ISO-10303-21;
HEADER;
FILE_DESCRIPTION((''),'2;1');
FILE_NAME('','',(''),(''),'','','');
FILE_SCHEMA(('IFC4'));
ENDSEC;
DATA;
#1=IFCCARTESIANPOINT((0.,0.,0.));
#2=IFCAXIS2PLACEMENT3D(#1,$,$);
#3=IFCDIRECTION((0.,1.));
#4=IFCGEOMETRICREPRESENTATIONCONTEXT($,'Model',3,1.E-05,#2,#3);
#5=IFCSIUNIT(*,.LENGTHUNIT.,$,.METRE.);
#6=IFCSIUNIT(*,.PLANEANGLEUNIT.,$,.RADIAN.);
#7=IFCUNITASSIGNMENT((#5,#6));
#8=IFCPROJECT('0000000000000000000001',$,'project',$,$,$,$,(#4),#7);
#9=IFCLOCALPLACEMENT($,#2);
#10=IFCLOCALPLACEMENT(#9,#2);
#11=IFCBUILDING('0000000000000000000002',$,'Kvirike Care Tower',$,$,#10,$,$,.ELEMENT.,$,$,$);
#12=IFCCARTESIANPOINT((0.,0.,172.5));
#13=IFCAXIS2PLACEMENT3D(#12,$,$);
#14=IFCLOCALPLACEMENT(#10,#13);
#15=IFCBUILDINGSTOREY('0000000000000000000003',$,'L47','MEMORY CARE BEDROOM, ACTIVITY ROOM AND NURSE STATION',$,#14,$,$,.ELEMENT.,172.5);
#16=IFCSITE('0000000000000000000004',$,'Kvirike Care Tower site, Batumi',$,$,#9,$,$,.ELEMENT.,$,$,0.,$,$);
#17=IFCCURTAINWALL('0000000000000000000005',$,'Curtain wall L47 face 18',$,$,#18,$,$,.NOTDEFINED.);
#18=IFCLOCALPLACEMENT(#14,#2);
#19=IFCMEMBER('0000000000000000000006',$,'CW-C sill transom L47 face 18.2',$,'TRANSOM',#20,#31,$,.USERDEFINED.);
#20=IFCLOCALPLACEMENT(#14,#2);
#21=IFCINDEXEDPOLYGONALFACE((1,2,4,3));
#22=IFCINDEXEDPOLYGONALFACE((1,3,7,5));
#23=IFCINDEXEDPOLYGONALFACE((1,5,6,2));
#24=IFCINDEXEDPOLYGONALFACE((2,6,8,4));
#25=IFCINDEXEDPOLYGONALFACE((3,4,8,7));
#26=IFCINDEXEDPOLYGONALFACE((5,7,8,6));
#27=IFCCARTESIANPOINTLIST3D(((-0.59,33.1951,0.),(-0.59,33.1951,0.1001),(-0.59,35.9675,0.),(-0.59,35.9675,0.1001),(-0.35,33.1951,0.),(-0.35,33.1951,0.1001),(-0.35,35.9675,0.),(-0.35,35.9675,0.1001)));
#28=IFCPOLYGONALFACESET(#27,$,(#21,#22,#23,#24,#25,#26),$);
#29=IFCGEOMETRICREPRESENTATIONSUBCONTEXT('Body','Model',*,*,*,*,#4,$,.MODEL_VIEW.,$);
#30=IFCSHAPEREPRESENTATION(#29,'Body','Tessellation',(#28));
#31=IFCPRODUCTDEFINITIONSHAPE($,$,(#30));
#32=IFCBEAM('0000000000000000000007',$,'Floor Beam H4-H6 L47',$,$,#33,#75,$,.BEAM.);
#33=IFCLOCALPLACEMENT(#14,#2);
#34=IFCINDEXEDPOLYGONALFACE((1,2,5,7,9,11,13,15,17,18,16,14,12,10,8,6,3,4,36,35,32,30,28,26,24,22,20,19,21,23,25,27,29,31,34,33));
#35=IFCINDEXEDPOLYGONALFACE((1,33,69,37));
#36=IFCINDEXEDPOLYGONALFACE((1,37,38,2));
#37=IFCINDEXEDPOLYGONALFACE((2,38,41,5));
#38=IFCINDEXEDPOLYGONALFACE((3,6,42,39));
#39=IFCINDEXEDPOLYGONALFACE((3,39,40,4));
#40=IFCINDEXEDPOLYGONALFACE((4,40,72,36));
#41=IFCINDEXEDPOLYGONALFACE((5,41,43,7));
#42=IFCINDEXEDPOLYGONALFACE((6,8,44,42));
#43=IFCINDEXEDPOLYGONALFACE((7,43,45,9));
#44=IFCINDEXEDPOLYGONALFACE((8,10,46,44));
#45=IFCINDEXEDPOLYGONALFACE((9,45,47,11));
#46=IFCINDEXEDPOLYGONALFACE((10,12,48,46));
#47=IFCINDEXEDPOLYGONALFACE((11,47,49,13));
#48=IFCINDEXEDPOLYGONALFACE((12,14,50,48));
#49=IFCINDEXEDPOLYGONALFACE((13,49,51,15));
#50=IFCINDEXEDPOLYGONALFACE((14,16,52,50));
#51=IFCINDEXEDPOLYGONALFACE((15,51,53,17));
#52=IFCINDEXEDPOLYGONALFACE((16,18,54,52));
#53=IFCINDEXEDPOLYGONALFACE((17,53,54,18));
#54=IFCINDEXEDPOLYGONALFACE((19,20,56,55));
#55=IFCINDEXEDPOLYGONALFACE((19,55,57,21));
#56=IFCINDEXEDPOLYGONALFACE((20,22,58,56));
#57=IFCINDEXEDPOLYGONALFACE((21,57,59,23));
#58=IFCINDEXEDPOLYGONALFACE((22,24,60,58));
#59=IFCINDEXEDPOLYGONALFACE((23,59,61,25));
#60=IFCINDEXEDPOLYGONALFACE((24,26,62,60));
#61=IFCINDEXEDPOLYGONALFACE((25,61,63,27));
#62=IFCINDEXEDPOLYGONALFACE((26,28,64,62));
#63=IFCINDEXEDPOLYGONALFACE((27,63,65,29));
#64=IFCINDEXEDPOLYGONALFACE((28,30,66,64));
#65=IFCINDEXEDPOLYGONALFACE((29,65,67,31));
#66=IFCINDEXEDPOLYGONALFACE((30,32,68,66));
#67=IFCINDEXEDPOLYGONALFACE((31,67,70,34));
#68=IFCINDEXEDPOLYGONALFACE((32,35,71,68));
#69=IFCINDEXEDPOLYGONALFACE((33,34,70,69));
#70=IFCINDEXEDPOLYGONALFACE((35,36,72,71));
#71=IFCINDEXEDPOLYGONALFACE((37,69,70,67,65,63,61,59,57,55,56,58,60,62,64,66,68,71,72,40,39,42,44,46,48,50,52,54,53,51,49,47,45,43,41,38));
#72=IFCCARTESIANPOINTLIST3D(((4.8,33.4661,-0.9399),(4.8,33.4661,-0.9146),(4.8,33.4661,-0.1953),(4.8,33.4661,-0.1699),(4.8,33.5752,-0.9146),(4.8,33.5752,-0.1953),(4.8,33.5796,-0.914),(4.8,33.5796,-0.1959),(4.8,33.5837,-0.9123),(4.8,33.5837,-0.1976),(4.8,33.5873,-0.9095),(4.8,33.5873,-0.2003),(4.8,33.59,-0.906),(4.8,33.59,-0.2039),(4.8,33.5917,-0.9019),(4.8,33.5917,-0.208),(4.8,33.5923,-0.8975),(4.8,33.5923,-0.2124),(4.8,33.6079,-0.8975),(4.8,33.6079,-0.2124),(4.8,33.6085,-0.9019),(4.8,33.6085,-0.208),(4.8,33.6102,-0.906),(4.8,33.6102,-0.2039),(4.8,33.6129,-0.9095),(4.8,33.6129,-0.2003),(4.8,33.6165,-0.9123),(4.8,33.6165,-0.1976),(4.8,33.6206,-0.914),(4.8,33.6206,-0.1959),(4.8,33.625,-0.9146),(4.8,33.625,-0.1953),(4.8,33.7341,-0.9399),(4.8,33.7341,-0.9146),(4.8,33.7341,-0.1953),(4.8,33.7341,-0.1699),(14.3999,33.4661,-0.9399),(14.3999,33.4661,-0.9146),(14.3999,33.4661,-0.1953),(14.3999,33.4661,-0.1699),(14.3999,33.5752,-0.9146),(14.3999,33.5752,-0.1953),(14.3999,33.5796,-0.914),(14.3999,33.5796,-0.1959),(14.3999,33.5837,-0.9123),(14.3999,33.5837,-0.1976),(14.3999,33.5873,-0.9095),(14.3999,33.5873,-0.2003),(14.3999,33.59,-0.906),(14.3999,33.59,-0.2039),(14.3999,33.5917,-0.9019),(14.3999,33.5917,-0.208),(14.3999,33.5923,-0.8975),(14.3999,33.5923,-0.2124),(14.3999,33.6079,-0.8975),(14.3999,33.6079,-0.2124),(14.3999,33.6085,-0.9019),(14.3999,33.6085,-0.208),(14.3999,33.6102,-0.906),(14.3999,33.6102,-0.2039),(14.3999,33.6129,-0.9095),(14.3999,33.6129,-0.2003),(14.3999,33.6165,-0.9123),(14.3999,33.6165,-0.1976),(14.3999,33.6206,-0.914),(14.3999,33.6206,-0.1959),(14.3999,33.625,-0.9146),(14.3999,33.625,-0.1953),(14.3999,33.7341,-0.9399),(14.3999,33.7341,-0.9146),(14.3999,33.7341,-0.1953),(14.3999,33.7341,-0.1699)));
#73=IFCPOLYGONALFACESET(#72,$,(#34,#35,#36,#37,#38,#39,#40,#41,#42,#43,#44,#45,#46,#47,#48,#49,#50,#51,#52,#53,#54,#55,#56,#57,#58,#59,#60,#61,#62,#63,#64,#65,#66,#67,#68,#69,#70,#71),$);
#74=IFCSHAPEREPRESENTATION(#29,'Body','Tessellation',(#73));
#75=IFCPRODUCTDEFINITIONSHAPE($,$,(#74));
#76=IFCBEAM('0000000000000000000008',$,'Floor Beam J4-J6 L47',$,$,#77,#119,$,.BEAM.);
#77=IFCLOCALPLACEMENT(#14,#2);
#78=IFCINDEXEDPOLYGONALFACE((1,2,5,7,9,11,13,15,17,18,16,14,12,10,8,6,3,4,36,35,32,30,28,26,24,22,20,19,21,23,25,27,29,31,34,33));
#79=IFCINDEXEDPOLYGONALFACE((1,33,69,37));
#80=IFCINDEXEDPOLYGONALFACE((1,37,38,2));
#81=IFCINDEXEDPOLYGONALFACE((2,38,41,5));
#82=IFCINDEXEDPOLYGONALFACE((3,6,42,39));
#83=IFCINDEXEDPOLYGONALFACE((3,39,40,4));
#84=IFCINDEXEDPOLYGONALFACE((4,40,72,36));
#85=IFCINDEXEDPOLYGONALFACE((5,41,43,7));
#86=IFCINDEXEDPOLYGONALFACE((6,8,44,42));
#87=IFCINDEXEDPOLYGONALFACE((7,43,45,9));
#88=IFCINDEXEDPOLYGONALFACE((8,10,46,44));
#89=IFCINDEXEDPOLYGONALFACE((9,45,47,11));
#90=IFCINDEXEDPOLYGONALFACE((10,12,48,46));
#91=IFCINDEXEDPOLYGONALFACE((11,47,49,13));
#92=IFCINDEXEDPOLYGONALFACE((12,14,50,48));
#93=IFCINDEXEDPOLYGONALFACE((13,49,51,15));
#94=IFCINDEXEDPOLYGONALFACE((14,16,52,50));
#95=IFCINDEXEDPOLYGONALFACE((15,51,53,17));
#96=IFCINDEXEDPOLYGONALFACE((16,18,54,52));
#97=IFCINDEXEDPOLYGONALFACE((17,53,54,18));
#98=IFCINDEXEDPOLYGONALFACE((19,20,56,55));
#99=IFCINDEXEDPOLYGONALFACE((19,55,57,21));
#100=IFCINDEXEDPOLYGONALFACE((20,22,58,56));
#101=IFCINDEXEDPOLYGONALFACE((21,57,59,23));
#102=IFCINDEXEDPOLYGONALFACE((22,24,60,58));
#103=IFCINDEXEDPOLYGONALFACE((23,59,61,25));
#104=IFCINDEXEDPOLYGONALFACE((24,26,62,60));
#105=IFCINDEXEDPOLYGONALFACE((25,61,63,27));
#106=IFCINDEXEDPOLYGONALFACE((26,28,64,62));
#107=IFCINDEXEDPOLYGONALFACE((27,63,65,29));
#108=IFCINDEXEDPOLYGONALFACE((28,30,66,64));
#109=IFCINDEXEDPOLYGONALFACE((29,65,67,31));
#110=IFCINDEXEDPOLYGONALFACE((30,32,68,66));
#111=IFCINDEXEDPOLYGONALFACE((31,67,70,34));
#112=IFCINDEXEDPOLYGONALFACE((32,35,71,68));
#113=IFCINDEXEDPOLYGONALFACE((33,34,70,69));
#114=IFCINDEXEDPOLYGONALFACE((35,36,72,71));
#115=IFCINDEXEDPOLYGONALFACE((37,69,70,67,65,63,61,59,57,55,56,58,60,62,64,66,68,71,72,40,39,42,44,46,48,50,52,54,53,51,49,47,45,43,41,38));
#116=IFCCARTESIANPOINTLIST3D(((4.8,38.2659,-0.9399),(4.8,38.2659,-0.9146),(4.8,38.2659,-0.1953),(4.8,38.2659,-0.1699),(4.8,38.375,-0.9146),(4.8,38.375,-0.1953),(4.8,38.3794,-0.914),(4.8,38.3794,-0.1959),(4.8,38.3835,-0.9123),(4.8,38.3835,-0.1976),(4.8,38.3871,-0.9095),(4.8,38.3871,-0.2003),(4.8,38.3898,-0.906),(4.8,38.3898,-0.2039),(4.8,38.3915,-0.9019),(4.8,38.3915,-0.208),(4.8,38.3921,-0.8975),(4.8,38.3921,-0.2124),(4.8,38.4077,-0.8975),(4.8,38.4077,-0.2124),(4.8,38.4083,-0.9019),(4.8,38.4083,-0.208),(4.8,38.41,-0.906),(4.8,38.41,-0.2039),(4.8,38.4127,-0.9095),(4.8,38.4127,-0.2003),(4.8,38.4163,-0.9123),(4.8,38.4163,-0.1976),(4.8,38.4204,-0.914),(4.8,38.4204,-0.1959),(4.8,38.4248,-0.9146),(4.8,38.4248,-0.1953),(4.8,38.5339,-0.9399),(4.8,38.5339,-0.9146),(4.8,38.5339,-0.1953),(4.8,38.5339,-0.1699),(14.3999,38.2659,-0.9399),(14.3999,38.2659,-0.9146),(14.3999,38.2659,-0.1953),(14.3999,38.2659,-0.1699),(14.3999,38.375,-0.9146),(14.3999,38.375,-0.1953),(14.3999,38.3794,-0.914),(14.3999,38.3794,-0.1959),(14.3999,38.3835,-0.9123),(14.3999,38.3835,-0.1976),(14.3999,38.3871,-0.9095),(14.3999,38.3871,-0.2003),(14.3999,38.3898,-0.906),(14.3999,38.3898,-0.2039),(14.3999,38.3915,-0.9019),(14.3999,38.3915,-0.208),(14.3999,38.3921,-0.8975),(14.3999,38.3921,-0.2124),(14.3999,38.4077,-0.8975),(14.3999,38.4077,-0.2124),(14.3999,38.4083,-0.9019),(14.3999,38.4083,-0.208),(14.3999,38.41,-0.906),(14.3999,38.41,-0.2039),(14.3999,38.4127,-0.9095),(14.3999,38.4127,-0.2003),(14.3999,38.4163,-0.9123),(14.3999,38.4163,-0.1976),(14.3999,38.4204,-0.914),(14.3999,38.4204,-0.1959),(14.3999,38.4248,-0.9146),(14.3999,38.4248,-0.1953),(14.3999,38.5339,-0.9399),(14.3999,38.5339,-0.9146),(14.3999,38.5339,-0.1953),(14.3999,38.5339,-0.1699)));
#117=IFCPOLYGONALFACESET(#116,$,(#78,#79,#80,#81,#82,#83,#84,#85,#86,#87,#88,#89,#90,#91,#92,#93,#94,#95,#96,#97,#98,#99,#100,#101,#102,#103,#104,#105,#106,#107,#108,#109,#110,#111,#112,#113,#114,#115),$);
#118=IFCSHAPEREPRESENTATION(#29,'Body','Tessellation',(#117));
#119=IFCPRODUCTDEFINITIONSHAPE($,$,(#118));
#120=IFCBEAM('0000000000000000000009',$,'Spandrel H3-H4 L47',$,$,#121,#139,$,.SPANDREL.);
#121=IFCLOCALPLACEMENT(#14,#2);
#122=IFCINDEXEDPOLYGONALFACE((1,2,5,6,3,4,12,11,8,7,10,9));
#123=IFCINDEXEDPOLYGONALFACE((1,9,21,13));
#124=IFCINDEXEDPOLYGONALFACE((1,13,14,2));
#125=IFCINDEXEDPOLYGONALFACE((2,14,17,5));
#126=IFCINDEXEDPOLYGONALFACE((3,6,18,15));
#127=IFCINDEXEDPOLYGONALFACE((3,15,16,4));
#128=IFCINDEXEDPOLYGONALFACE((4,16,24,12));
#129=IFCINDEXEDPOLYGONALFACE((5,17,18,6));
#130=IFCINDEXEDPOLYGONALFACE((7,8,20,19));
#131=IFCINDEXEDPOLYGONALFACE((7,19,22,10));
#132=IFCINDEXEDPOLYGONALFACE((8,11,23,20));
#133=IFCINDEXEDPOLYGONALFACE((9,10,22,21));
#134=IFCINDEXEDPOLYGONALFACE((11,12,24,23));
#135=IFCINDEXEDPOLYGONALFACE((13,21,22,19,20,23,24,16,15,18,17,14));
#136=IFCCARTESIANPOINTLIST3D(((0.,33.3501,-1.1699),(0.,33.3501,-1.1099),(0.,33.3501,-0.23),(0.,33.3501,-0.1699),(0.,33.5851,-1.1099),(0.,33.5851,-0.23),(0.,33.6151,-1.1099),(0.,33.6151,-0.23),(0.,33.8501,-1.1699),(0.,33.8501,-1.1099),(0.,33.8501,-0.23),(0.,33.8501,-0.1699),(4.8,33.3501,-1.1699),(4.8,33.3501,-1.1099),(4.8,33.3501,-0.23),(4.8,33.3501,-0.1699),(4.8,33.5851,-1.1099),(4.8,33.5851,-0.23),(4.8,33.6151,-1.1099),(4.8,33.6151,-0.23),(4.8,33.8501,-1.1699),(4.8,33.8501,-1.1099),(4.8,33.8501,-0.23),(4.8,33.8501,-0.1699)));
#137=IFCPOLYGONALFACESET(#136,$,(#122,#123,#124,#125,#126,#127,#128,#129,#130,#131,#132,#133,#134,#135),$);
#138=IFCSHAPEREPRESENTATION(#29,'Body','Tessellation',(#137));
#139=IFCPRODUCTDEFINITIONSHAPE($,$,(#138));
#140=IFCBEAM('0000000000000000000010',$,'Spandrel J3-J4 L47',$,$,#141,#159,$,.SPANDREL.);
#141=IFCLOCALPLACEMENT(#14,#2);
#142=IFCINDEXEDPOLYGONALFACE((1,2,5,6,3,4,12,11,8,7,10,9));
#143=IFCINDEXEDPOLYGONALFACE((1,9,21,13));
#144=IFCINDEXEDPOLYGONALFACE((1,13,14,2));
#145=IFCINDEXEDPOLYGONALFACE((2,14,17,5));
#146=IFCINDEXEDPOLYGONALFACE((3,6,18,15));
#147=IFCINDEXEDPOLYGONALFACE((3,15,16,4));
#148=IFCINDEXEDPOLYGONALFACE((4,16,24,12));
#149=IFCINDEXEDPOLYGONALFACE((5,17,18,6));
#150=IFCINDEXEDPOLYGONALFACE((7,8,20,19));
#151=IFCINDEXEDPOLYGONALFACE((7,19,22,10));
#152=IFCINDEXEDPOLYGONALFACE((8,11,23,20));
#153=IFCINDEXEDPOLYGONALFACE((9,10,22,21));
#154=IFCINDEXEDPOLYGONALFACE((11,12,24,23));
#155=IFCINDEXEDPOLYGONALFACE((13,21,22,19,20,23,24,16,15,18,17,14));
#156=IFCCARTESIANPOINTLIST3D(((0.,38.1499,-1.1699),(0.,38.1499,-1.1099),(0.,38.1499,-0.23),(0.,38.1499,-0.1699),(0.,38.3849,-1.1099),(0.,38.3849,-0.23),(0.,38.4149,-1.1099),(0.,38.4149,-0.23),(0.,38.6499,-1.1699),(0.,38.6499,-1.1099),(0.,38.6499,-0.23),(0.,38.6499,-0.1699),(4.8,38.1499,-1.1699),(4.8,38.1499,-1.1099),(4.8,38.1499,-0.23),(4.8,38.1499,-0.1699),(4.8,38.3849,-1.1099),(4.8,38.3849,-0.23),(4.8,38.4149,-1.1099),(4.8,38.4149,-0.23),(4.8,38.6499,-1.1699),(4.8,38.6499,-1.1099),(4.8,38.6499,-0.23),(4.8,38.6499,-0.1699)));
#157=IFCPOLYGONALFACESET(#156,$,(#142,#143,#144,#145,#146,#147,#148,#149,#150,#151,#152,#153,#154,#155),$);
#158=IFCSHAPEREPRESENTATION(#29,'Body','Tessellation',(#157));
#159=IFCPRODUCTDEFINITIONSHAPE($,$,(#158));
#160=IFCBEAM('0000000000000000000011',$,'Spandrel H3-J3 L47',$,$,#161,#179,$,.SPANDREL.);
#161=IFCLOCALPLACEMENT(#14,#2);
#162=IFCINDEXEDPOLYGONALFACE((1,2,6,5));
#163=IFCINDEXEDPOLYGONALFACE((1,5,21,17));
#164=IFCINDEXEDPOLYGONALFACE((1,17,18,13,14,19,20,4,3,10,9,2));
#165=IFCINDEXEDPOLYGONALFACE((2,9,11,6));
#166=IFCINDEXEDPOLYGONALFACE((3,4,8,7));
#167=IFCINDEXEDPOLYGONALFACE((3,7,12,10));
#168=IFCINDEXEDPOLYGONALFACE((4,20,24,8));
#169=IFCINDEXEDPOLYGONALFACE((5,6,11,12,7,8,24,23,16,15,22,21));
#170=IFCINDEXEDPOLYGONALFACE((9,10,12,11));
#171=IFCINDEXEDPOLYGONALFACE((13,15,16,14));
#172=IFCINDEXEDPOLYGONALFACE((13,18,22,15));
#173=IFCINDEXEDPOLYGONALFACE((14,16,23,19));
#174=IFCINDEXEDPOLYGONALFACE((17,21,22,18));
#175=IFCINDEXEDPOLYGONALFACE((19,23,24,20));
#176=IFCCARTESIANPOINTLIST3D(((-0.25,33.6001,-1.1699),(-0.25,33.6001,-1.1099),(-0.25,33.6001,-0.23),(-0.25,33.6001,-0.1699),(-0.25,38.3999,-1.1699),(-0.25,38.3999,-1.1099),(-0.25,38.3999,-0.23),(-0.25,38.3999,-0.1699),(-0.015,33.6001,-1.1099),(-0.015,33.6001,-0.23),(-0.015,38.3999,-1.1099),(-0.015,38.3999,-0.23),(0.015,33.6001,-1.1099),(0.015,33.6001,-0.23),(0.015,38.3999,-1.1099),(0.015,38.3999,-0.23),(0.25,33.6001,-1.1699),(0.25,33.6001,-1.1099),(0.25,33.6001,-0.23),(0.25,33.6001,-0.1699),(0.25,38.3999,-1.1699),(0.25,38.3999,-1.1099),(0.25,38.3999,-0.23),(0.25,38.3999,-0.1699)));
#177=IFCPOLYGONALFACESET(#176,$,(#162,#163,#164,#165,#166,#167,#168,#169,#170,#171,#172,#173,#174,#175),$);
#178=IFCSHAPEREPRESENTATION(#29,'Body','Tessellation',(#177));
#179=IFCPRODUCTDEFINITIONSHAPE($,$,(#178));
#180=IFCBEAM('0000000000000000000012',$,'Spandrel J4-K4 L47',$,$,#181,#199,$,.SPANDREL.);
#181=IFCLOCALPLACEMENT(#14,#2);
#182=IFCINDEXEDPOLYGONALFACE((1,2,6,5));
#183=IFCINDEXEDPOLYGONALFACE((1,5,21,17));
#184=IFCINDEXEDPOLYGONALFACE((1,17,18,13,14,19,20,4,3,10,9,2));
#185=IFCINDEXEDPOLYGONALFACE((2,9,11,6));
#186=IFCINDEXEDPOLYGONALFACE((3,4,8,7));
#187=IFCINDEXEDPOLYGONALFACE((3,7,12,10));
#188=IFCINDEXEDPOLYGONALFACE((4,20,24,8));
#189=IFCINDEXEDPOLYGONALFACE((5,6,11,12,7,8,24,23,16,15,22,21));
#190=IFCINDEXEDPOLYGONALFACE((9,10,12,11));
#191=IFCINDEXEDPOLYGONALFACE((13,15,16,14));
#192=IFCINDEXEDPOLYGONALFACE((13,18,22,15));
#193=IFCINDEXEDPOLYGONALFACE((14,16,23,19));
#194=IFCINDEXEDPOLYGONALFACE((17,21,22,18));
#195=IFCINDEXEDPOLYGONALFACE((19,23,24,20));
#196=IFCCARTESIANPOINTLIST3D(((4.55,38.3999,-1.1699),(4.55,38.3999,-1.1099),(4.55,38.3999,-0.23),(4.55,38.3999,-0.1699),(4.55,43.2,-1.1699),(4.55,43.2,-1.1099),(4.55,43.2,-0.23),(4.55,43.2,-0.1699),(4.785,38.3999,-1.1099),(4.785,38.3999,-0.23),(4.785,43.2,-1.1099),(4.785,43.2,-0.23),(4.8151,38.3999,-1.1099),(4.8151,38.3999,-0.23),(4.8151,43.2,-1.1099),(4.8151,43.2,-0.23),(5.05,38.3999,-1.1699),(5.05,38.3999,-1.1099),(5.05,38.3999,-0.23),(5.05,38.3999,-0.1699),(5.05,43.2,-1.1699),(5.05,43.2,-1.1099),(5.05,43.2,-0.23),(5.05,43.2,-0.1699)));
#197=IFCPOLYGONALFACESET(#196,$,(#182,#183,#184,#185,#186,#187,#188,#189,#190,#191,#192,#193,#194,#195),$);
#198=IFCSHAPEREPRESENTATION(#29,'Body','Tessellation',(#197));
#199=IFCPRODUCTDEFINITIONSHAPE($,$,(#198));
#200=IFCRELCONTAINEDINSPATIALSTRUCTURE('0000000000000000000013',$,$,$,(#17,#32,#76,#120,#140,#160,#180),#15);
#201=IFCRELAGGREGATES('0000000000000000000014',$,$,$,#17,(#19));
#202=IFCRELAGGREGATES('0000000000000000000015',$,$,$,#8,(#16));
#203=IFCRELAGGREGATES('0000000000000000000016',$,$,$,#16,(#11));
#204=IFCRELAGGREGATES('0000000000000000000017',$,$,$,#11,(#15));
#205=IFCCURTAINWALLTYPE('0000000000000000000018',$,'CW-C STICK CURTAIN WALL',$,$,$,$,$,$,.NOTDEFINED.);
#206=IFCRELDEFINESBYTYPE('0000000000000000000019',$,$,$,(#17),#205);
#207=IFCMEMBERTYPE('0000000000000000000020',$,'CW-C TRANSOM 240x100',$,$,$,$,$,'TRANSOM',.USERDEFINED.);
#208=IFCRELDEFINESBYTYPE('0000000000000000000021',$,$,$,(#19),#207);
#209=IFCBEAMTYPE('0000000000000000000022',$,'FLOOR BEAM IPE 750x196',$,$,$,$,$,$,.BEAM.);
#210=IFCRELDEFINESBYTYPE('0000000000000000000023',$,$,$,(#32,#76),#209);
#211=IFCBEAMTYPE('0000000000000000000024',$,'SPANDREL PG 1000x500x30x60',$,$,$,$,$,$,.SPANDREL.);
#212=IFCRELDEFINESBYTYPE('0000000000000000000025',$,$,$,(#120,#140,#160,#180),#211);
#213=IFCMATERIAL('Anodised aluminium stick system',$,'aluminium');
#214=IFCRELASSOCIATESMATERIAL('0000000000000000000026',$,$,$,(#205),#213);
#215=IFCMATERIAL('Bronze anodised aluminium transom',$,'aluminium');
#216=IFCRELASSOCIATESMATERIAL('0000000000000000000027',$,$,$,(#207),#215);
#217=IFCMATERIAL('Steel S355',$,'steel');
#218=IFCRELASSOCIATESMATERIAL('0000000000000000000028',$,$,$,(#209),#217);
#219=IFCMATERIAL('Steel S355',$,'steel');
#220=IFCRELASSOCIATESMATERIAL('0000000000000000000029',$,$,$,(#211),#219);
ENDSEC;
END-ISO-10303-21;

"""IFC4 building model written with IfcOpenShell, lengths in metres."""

from ifc_helpers import new_model, si_unit, direction, frame, origin, origin_2d, place, context, subcontext, project, spatial, rectangle, i_section, extrude, material, material_profile, profile_set, type_object, element, aggregate, save


model = new_model("IFC4")

# Units and contexts
model_context = context("Model", 3, precision=1e-05, world=origin(), true_north=direction((0.0, 1.0)))
body_context = subcontext(model_context, "Body", "Model", "MODEL_VIEW")
ifc_project = project(units=[si_unit("LENGTHUNIT", "METRE"), si_unit("PLANEANGLEUNIT", "RADIAN")], contexts=[model_context])

# Site, building, storey
site_placement = place(None, origin())
site = spatial("IfcSite", under=ifc_project, at=site_placement, Name="Kvirike Care Tower site, Batumi", CompositionType="ELEMENT", RefElevation=0.0)
building_placement = place(site_placement, origin())
building = spatial("IfcBuilding", under=site, at=building_placement, Name="Kvirike Care Tower", CompositionType="ELEMENT")
storey_placement = place(building_placement, frame((0.0, 0.0, 172.5)))
storey = spatial("IfcBuildingStorey", under=building, at=storey_placement, Name="L47", Description="MEMORY CARE BEDROOM, ACTIVITY ROOM AND NURSE STATION", CompositionType="ELEMENT", Elevation=172.5)

# Shared definitions
ifc_material_1 = material(Name="Anodised aluminium stick system", Category="aluminium")
curtain_wall_type = type_object("IfcCurtainWallType", Name="CW-C STICK CURTAIN WALL", PredefinedType="NOTDEFINED", material=ifc_material_1)

# Curtain wall
curtain_wall_1_placement = place(storey_placement, origin())
curtain_wall_1 = element("IfcCurtainWall", 1, at=curtain_wall_1_placement, inside=storey, type_object=curtain_wall_type, Name="Curtain wall L47 face 18", PredefinedType="NOTDEFINED")

# Member
ifc_material_2 = material(Name="Bronze anodised aluminium transom", Category="aluminium")
ifc_material_profile_1 = material_profile(ifc_material_2, rectangle(XDim=0.24, YDim=0.1001, at=origin_2d()), Name="CW-C TRANSOM 240x100")
ifc_profile_set_1 = profile_set([ifc_material_profile_1], Name="Bronze anodised aluminium transom")
member_type_1 = type_object("IfcMemberType", Name="CW-C TRANSOM 240x100", ElementType="TRANSOM", PredefinedType="USERDEFINED", material=ifc_profile_set_1)
member_1_placement = place(storey_placement, frame((-0.47, 35.9675, 0.05), z_axis=(0.0, -1.0, 0.0), x_axis=(1.0, 0.0, 0.0)))
member_1 = element("IfcMember", 2, at=member_1_placement, type_object=member_type_1, Name="CW-C sill transom L47 face 18.2", ObjectType="TRANSOM", PredefinedType="USERDEFINED", context=body_context, shape_type="SweptSolid", body=[
    extrude(rectangle(XDim=0.24, YDim=0.1001, at=origin_2d()), origin(), (0.0, 0.0, 1.0), 2.7725),
])

# Beams
ifc_material_3 = material(Name="Steel S355", Category="steel")
ifc_material_profile_2 = material_profile(ifc_material_3, i_section(OverallWidth=0.2681, OverallDepth=0.77, WebThickness=0.0156, FlangeThickness=0.0254, FilletRadius=0.0171, at=origin_2d()), Name="IPE 750x196")
ifc_profile_set_2 = profile_set([ifc_material_profile_2], Name="Steel S355")
beam_type_1 = type_object("IfcBeamType", Name="FLOOR BEAM IPE 750x196", PredefinedType="BEAM", material=ifc_profile_set_2)
for number, where, z_axis, x_axis, name in (
    (3, (4.8, 33.6001, -0.5549), (1.0, 0.0, 0.0), (0.0, 1.0, 0.0), "Floor Beam H4-H6 L47"),
    (4, (4.8, 38.3999, -0.5549), (1.0, 0.0, 0.0), (0.0, 1.0, 0.0), "Floor Beam J4-J6 L47"),
):
    element("IfcBeam", number, at=place(storey_placement, frame(where, z_axis=z_axis, x_axis=x_axis)), inside=storey, type_object=beam_type_1, Name=name, PredefinedType="BEAM", context=body_context, shape_type="SweptSolid", body=[
        extrude(i_section(OverallWidth=0.2681, OverallDepth=0.77, WebThickness=0.0156, FlangeThickness=0.0254, FilletRadius=0.0171, at=origin_2d()), origin(), (0.0, 0.0, 1.0), 9.5999),
    ])
ifc_material_4 = material(Name="Steel S355", Category="steel")
ifc_material_profile_3 = material_profile(ifc_material_4, i_section(OverallWidth=0.5, OverallDepth=1.0, WebThickness=0.03, FlangeThickness=0.0601, at=origin_2d()), Name="PG 1000x500x30x60")
ifc_profile_set_3 = profile_set([ifc_material_profile_3], Name="Steel S355")
beam_type_2 = type_object("IfcBeamType", Name="SPANDREL PG 1000x500x30x60", PredefinedType="SPANDREL", material=ifc_profile_set_3)
for number, where, z_axis, x_axis, name in (
    (5, (0.0, 33.6001, -0.6699), (1.0, 0.0, 0.0), (0.0, 1.0, 0.0), "Spandrel H3-H4 L47"),
    (6, (0.0, 38.3999, -0.6699), (1.0, 0.0, 0.0), (0.0, 1.0, 0.0), "Spandrel J3-J4 L47"),
):
    element("IfcBeam", number, at=place(storey_placement, frame(where, z_axis=z_axis, x_axis=x_axis)), inside=storey, type_object=beam_type_2, Name=name, PredefinedType="SPANDREL", context=body_context, shape_type="SweptSolid", body=[
        extrude(i_section(OverallWidth=0.5, OverallDepth=1.0, WebThickness=0.03, FlangeThickness=0.0601, at=origin_2d()), origin(), (0.0, 0.0, 1.0), 4.8),
    ])
beam_1_placement = place(storey_placement, frame((0.0, 33.6001, -0.6699), z_axis=(0.0, 1.0, 0.0), x_axis=(-1.0, 0.0, 0.0)))
element("IfcBeam", 7, at=beam_1_placement, inside=storey, type_object=beam_type_2, Name="Spandrel H3-J3 L47", PredefinedType="SPANDREL", context=body_context, shape_type="SweptSolid", body=[
    extrude(i_section(OverallWidth=0.5, OverallDepth=1.0, WebThickness=0.03, FlangeThickness=0.0601, at=origin_2d()), origin(), (0.0, 0.0, 1.0), 4.7998),
])
beam_2_placement = place(storey_placement, frame((4.8, 38.3999, -0.6699), z_axis=(0.0, 1.0, 0.0), x_axis=(-1.0, 0.0, 0.0)))
element("IfcBeam", 8, at=beam_2_placement, inside=storey, type_object=beam_type_2, Name="Spandrel J4-K4 L47", PredefinedType="SPANDREL", context=body_context, shape_type="SweptSolid", body=[
    extrude(i_section(OverallWidth=0.5, OverallDepth=1.0, WebThickness=0.03, FlangeThickness=0.0601, at=origin_2d()), origin(), (0.0, 0.0, 1.0), 4.8),
])

aggregate(curtain_wall_1, [member_1])

save(model, "model.ifc")
